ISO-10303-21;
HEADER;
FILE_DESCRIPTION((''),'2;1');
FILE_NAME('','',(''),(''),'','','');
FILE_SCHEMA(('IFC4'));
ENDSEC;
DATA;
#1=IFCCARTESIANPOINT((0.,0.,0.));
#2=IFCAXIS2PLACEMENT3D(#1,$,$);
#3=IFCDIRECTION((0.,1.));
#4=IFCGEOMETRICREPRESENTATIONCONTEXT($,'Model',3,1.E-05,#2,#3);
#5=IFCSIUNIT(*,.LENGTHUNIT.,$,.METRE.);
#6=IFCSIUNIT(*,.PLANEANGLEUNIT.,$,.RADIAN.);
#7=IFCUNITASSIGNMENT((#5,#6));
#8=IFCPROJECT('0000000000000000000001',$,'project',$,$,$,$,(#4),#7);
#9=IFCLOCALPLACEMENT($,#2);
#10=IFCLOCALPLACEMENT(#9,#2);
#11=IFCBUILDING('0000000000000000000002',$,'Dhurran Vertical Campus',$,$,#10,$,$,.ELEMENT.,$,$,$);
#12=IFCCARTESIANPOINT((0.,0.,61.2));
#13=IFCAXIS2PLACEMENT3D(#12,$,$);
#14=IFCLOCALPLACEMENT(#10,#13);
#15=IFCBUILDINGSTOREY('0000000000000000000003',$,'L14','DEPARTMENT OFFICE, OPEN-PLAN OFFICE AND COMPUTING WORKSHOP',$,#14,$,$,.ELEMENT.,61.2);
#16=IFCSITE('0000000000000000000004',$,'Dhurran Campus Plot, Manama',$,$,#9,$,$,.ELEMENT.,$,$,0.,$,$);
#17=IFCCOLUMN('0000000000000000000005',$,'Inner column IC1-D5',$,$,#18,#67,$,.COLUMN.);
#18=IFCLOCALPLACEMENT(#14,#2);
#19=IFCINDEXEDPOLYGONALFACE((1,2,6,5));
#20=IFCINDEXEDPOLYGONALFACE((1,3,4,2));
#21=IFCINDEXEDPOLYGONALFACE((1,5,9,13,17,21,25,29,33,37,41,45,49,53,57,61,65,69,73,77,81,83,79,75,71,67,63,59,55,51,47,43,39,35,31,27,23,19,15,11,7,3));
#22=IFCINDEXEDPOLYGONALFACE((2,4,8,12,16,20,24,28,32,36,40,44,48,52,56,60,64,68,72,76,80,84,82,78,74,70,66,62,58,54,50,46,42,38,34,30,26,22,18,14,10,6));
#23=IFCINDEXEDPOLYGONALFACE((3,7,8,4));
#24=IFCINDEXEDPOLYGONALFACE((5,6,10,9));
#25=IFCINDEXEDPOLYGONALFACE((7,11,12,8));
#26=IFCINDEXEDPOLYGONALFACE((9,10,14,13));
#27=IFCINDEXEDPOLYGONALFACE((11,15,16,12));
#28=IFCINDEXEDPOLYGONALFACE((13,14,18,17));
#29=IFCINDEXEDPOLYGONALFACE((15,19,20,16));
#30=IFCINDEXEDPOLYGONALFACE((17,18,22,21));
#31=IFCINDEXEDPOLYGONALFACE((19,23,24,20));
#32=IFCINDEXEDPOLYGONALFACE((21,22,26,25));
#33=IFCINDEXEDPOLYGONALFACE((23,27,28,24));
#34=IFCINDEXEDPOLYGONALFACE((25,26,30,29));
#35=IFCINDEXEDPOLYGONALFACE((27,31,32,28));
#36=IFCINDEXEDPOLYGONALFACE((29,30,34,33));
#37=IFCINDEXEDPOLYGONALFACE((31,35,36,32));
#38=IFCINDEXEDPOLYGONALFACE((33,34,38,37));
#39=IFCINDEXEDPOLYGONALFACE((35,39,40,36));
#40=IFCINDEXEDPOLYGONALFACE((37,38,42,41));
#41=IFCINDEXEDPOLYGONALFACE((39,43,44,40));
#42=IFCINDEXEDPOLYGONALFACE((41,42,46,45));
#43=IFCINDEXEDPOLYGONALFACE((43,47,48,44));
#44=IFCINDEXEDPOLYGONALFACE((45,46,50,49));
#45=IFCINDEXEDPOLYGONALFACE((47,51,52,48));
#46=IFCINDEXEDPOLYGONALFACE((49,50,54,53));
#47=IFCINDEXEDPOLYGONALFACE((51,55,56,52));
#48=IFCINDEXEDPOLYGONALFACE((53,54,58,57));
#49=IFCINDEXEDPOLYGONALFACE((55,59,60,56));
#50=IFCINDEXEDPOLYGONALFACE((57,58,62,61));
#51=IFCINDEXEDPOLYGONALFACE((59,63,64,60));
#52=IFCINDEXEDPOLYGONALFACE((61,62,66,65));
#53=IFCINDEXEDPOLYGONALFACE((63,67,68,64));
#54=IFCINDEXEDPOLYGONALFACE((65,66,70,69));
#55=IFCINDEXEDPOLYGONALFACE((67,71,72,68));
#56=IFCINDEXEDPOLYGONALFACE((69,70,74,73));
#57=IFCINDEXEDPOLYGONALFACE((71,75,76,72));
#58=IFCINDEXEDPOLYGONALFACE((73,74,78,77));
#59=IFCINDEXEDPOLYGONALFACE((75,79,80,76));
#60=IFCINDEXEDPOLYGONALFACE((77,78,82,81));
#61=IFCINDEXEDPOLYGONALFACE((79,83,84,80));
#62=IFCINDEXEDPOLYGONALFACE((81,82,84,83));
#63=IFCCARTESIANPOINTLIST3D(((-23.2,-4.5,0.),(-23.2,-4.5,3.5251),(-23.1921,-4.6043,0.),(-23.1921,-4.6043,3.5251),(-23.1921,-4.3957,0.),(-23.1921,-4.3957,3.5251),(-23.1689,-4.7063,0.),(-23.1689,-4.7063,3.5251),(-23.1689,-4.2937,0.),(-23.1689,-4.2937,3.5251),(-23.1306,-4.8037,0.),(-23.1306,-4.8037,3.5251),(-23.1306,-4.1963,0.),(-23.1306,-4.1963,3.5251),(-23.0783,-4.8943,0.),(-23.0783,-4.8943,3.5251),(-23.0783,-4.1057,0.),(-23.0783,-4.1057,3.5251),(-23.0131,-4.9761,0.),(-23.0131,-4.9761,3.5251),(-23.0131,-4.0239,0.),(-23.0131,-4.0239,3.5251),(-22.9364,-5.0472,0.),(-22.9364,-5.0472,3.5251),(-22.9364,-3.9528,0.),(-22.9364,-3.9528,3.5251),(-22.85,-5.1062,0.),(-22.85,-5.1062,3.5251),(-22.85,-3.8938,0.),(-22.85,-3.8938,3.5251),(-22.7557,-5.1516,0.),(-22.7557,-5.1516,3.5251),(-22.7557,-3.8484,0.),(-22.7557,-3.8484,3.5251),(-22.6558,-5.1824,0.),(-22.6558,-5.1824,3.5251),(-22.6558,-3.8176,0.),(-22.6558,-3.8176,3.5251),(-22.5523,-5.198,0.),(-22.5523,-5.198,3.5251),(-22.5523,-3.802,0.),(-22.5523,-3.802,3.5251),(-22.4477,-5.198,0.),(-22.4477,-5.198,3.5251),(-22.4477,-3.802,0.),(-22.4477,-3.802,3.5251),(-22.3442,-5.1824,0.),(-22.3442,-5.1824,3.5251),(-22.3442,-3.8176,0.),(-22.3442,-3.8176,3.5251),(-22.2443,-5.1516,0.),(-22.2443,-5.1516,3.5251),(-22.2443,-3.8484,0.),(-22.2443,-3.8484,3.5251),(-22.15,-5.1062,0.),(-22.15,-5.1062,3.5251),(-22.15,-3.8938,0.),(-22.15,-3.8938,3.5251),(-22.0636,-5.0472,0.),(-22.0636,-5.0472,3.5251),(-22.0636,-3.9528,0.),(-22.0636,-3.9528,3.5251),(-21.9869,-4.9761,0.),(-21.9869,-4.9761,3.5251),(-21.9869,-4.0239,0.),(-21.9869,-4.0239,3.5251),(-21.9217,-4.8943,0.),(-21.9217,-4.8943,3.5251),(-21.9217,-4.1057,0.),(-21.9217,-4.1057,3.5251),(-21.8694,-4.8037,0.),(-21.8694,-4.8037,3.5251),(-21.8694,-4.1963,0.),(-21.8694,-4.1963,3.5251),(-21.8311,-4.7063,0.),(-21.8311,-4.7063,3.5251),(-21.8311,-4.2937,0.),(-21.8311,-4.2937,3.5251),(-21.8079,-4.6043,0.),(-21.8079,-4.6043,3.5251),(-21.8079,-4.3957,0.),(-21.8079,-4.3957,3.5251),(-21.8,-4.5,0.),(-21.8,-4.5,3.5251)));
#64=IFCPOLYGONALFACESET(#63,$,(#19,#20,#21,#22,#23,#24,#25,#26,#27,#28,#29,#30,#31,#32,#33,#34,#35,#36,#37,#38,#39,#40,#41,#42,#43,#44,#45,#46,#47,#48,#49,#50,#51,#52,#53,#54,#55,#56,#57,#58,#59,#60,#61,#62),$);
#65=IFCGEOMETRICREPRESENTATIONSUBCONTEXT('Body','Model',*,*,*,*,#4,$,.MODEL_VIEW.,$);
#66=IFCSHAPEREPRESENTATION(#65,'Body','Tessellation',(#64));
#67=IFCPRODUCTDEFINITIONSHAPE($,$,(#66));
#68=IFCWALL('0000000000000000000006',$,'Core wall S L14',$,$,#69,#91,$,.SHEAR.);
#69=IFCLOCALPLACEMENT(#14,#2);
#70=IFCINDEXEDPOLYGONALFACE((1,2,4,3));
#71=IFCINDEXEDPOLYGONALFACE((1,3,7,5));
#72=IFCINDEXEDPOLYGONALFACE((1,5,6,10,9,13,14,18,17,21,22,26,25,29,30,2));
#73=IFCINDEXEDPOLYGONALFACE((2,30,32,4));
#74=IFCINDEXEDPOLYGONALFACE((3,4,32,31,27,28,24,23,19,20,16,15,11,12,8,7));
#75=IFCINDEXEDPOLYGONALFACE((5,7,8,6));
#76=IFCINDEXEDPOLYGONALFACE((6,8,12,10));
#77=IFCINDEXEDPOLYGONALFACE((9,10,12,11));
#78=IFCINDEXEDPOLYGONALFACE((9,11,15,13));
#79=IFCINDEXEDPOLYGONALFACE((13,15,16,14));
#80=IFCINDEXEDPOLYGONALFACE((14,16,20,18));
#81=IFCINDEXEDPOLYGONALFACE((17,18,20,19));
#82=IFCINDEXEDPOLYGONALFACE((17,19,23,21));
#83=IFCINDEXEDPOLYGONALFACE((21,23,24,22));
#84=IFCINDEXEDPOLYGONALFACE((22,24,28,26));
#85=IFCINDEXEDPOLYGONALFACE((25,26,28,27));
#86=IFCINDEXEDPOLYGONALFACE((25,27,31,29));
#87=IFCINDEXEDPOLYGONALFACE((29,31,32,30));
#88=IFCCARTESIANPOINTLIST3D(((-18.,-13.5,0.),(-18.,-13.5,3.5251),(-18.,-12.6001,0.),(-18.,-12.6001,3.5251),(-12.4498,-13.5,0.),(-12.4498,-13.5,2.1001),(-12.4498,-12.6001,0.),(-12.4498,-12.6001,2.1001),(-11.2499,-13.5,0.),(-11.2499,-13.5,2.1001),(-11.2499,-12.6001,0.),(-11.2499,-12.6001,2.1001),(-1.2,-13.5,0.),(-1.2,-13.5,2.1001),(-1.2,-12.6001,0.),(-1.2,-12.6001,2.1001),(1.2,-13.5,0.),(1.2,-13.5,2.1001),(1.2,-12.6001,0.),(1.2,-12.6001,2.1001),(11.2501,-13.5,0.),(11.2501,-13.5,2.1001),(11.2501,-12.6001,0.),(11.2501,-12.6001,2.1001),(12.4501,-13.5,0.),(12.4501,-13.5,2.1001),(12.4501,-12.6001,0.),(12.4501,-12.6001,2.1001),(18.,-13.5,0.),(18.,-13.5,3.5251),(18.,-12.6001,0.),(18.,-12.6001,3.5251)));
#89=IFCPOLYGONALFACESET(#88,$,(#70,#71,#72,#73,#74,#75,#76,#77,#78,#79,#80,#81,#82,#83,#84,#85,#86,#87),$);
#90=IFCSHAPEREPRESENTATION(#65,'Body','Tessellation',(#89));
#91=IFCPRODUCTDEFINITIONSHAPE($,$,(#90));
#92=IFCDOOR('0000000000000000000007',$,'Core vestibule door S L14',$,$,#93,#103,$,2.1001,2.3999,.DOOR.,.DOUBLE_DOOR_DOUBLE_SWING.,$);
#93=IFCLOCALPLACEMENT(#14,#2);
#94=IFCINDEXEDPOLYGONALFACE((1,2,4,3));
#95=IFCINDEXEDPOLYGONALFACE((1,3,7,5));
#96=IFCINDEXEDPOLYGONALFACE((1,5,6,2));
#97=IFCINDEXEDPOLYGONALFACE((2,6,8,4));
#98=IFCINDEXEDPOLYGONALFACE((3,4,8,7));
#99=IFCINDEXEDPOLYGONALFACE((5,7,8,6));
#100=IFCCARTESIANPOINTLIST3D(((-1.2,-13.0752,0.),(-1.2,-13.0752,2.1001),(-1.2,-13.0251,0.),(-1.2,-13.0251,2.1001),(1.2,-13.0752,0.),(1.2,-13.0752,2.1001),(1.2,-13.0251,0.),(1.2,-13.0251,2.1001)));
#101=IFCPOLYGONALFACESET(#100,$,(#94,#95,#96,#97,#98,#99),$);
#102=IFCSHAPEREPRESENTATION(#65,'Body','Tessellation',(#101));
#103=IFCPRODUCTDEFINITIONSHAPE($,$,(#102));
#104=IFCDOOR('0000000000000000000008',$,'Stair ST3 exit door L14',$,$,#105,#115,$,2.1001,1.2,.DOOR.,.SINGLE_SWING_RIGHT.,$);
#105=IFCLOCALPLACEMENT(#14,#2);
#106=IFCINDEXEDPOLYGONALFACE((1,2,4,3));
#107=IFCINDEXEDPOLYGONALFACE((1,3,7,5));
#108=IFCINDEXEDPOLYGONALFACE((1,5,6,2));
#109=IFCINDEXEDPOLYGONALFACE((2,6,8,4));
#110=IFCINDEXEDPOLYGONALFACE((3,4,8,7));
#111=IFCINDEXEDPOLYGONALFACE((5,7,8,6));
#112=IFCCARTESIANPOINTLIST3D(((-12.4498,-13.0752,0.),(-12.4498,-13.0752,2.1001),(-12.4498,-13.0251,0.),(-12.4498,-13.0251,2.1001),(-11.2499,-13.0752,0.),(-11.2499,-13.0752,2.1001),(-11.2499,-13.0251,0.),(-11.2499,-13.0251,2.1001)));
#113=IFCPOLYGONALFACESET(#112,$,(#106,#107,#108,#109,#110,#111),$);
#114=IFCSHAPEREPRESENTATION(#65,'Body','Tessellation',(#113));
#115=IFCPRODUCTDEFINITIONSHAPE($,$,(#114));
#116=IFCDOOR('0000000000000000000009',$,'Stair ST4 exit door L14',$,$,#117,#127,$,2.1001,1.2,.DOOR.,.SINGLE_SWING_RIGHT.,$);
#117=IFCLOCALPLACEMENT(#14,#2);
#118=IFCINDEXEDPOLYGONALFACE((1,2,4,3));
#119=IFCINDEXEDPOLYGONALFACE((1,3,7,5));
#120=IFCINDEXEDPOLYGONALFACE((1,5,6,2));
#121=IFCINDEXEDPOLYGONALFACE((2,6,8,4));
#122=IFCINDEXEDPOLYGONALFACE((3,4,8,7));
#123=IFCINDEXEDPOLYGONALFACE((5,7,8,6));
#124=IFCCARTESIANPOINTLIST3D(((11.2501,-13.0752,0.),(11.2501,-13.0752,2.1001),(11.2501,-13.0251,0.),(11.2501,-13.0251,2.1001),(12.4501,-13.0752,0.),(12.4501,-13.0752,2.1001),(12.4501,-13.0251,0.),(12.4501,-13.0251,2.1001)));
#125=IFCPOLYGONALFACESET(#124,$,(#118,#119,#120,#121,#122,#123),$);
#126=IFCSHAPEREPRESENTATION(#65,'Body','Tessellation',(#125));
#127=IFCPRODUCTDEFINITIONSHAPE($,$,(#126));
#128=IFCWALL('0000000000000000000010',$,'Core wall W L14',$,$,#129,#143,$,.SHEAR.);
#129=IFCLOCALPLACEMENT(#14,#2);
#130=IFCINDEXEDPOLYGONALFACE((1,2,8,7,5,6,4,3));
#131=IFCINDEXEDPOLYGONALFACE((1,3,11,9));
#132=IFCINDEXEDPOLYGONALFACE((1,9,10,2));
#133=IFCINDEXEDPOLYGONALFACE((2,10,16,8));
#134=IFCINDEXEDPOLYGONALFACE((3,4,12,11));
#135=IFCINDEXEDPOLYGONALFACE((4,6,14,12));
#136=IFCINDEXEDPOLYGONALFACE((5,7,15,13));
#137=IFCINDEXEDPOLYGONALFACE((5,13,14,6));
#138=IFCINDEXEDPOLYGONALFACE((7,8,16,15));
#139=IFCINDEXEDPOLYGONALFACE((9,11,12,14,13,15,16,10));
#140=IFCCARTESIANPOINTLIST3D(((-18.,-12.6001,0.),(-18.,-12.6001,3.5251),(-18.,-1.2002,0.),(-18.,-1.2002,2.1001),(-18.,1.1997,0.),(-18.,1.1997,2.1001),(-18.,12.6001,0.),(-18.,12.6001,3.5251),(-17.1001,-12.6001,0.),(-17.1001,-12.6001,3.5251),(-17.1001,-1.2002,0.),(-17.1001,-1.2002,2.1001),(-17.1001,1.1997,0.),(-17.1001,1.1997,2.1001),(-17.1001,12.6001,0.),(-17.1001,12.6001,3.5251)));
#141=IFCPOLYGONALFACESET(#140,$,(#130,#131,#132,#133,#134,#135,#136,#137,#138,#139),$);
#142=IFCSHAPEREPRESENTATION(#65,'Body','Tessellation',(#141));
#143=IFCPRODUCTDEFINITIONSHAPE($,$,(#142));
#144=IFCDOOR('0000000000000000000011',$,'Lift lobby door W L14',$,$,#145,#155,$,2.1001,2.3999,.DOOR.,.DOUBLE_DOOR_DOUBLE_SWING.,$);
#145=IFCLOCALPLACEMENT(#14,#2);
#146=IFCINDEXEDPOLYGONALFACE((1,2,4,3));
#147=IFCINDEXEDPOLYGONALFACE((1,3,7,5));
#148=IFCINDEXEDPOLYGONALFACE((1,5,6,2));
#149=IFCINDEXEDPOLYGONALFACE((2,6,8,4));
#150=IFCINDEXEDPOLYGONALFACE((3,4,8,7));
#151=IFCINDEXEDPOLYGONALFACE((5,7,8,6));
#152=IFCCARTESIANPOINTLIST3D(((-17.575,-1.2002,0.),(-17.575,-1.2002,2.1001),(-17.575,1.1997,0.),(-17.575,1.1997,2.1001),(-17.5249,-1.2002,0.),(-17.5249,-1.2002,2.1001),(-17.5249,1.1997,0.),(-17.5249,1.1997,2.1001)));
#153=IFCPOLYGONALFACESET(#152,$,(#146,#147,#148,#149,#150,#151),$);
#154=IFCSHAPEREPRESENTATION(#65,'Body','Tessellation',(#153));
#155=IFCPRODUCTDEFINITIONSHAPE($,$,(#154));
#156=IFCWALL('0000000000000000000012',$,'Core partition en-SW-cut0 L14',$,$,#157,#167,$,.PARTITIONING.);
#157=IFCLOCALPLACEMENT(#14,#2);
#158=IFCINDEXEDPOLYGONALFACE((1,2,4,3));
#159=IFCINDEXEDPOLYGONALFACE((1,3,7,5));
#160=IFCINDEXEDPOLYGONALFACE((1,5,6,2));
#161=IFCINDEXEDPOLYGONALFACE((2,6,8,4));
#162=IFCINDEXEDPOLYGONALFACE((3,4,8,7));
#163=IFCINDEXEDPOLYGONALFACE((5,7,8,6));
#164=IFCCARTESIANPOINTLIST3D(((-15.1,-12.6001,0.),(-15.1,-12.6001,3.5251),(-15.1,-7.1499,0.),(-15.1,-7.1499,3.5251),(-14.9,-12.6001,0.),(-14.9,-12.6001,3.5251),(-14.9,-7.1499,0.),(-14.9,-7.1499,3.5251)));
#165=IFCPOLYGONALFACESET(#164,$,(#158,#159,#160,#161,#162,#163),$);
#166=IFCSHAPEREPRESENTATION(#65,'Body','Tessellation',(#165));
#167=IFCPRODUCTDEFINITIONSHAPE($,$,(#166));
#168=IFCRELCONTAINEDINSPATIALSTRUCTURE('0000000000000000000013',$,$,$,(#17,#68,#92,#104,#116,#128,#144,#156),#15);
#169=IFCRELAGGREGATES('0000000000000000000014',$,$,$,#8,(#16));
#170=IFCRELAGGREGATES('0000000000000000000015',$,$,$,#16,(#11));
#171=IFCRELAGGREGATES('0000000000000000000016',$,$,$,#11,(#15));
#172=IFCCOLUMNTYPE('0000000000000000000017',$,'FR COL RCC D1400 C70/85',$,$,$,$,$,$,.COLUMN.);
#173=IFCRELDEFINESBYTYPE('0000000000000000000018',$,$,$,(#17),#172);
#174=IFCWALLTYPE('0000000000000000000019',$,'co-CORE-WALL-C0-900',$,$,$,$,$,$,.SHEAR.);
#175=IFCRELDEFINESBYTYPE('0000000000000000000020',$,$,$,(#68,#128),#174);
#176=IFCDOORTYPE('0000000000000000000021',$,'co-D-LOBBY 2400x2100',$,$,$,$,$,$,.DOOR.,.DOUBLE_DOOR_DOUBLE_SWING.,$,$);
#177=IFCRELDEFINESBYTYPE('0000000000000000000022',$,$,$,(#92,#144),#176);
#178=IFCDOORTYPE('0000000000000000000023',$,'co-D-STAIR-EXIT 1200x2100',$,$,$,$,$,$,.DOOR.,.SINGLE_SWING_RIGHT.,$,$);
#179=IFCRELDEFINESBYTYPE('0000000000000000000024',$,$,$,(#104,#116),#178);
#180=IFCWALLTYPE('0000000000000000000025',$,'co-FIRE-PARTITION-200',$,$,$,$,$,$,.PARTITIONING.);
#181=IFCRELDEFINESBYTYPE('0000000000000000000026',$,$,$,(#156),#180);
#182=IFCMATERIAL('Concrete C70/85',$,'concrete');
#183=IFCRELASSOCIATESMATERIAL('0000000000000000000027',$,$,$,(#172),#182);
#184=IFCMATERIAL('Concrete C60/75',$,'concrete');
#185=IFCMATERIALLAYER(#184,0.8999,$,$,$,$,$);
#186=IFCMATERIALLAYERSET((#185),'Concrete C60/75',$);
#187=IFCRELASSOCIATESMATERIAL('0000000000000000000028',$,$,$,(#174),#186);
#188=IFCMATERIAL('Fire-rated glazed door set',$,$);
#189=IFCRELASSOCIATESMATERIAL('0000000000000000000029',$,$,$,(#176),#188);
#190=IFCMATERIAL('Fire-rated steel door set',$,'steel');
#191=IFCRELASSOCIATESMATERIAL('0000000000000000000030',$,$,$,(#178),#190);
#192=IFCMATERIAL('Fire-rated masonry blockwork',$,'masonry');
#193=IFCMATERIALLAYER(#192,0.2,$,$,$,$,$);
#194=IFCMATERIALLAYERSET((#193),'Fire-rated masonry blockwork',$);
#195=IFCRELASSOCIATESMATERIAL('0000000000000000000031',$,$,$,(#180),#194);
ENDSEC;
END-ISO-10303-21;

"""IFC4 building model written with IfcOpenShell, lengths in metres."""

from ifc_helpers import new_model, si_unit, direction, frame, frame_2d, origin, origin_2d, place, context, subcontext, project, spatial, rectangle, circle, extrude, material, layer, layer_set, material_profile, profile_set, type_object, element, fill, save


model = new_model("IFC4")

# Units and contexts
model_context = context("Model", 3, precision=1e-05, world=origin(), true_north=direction((0.0, 1.0)))
body_context = subcontext(model_context, "Body", "Model", "MODEL_VIEW")
ifc_project = project(units=[si_unit("LENGTHUNIT", "METRE"), si_unit("PLANEANGLEUNIT", "RADIAN")], contexts=[model_context])

# Site, building, storey
site_placement = place(None, origin())
site = spatial("IfcSite", under=ifc_project, at=site_placement, Name="Dhurran Campus Plot, Manama", CompositionType="ELEMENT", RefElevation=0.0)
building_placement = place(site_placement, origin())
building = spatial("IfcBuilding", under=site, at=building_placement, Name="Dhurran Vertical Campus", CompositionType="ELEMENT")
storey_placement = place(building_placement, frame((0.0, 0.0, 61.2)))
storey = spatial("IfcBuildingStorey", under=building, at=storey_placement, Name="L14", Description="DEPARTMENT OFFICE, OPEN-PLAN OFFICE AND COMPUTING WORKSHOP", CompositionType="ELEMENT", Elevation=61.2)

# Column
ifc_material_1 = material(Name="Concrete C70/85", Category="concrete")
ifc_material_profile = material_profile(ifc_material_1, circle(Radius=0.7, at=origin_2d()), Name="RCC D1400")
ifc_profile_set = profile_set([ifc_material_profile], Name="Concrete C70/85")
column_type = type_object("IfcColumnType", Name="FR COL RCC D1400 C70/85", PredefinedType="COLUMN", material=ifc_profile_set)
column_placement = place(storey_placement, frame((-22.5, -4.5, 0.0), z_axis=(0.0, 0.0, 1.0), x_axis=(1.0, 0.0, 0.0)))
element("IfcColumn", 1, at=column_placement, inside=storey, type_object=column_type, Name="Inner column IC1-D5", PredefinedType="COLUMN", context=body_context, shape_type="SweptSolid", body=[
    extrude(circle(Radius=0.7, at=origin_2d()), origin(), (0.0, 0.0, 1.0), 3.5251),
])

# Wall, openings, doors
ifc_material_2 = material(Name="Concrete C60/75", Category="concrete")
ifc_layer_1 = layer(ifc_material_2, 0.8999)
ifc_layer_set_1 = layer_set([ifc_layer_1], Name="Concrete C60/75")
wall_type_1 = type_object("IfcWallType", Name="co-CORE-WALL-C0-900", PredefinedType="SHEAR", material=ifc_layer_set_1)
wall_1_placement = place(storey_placement, frame((-18.0, -13.05, 0.0), z_axis=(0.0, 0.0, 1.0), x_axis=(1.0, 0.0, 0.0)))
wall_1 = element("IfcWall", 2, at=wall_1_placement, inside=storey, type_object=wall_type_1, Name="Core wall S L14", PredefinedType="SHEAR", context=body_context, shape_type="SweptSolid", body=[
    extrude(rectangle(XDim=36.0, YDim=0.8999, at=frame_2d((18.0, 0.0))), origin(), (0.0, 0.0, 1.0), 3.5251),
])
opening_1_placement = place(wall_1_placement, frame((16.8, 0.0, 0.0)))
opening_1 = element("IfcOpeningElement", 3, at=opening_1_placement, cuts=wall_1, PredefinedType="OPENING", context=body_context, shape_type="SweptSolid", body=[
    extrude(rectangle(XDim=2.3999, YDim=2.1001, at=frame_2d((1.2, 1.05))), frame((0.0, 0.46, 0.0), z_axis=(0.0, -1.0, 0.0), x_axis=(1.0, 0.0, 0.0)), (0.0, 0.0, 1.0), 0.9199),
])
opening_2_placement = place(wall_1_placement, frame((5.55, 0.0, 0.0)))
opening_2 = element("IfcOpeningElement", 4, at=opening_2_placement, cuts=wall_1, PredefinedType="OPENING", context=body_context, shape_type="SweptSolid", body=[
    extrude(rectangle(XDim=1.2, YDim=2.1001, at=frame_2d((0.6001, 1.05))), frame((0.0, 0.46, 0.0), z_axis=(0.0, -1.0, 0.0), x_axis=(1.0, 0.0, 0.0)), (0.0, 0.0, 1.0), 0.9199),
])
opening_3_placement = place(wall_1_placement, frame((29.25, 0.0, 0.0)))
opening_3 = element("IfcOpeningElement", 5, at=opening_3_placement, cuts=wall_1, PredefinedType="OPENING", context=body_context, shape_type="SweptSolid", body=[
    extrude(rectangle(XDim=1.2, YDim=2.1001, at=frame_2d((0.6001, 1.05))), frame((0.0, 0.46, 0.0), z_axis=(0.0, -1.0, 0.0), x_axis=(1.0, 0.0, 0.0)), (0.0, 0.0, 1.0), 0.9199),
])
ifc_material_3 = material(Name="Fire-rated glazed door set")
door_type_1 = type_object("IfcDoorType", Name="co-D-LOBBY 2400x2100", OperationType="DOUBLE_DOOR_DOUBLE_SWING", PredefinedType="DOOR", material=ifc_material_3)
door_1_placement = place(opening_1_placement, origin())
door_1 = element("IfcDoor", 6, at=door_1_placement, inside=storey, type_object=door_type_1, Name="Core vestibule door S L14", OperationType="DOUBLE_DOOR_DOUBLE_SWING", OverallHeight=2.1001, OverallWidth=2.3999, PredefinedType="DOOR", context=body_context, shape_type="SweptSolid", body=[
    extrude(rectangle(XDim=2.3999, YDim=2.1001, at=frame_2d((1.2, 1.05))), frame((0.0, 0.0249, 0.0), z_axis=(0.0, -1.0, 0.0), x_axis=(1.0, 0.0, 0.0)), (0.0, 0.0, 1.0), 0.05),
])
fill(opening_1, door_1)
ifc_material_4 = material(Name="Fire-rated steel door set", Category="steel")
door_type_2 = type_object("IfcDoorType", Name="co-D-STAIR-EXIT 1200x2100", OperationType="SINGLE_SWING_RIGHT", PredefinedType="DOOR", material=ifc_material_4)
door_2_placement = place(opening_2_placement, origin())
door_2 = element("IfcDoor", 7, at=door_2_placement, inside=storey, type_object=door_type_2, Name="Stair ST3 exit door L14", OperationType="SINGLE_SWING_RIGHT", OverallHeight=2.1001, OverallWidth=1.2, PredefinedType="DOOR", context=body_context, shape_type="SweptSolid", body=[
    extrude(rectangle(XDim=1.2, YDim=2.1001, at=frame_2d((0.6001, 1.05))), frame((0.0, 0.0249, 0.0), z_axis=(0.0, -1.0, 0.0), x_axis=(1.0, 0.0, 0.0)), (0.0, 0.0, 1.0), 0.05),
])
fill(opening_2, door_2)
door_3_placement = place(opening_3_placement, origin())
door_3 = element("IfcDoor", 8, at=door_3_placement, inside=storey, type_object=door_type_2, Name="Stair ST4 exit door L14", OperationType="SINGLE_SWING_RIGHT", OverallHeight=2.1001, OverallWidth=1.2, PredefinedType="DOOR", context=body_context, shape_type="SweptSolid", body=[
    extrude(rectangle(XDim=1.2, YDim=2.1001, at=frame_2d((0.6001, 1.05))), frame((0.0, 0.0249, 0.0), z_axis=(0.0, -1.0, 0.0), x_axis=(1.0, 0.0, 0.0)), (0.0, 0.0, 1.0), 0.05),
])
fill(opening_3, door_3)

# Wall, opening, door
wall_2_placement = place(storey_placement, frame((-17.55, -12.6001, 0.0), z_axis=(0.0, 0.0, 1.0), x_axis=(0.0, 1.0, 0.0)))
wall_2 = element("IfcWall", 9, at=wall_2_placement, inside=storey, type_object=wall_type_1, Name="Core wall W L14", PredefinedType="SHEAR", context=body_context, shape_type="SweptSolid", body=[
    extrude(rectangle(XDim=25.2002, YDim=0.8999, at=frame_2d((12.6001, 0.0))), origin(), (0.0, 0.0, 1.0), 3.5251),
])
opening_4_placement = place(wall_2_placement, frame((11.3999, 0.0, 0.0)))
opening_4 = element("IfcOpeningElement", 10, at=opening_4_placement, cuts=wall_2, PredefinedType="OPENING", context=body_context, shape_type="SweptSolid", body=[
    extrude(rectangle(XDim=2.3999, YDim=2.1001, at=frame_2d((1.2, 1.05))), frame((0.0, 0.46, 0.0), z_axis=(0.0, -1.0, 0.0), x_axis=(1.0, 0.0, 0.0)), (0.0, 0.0, 1.0), 0.9199),
])
door_4_placement = place(opening_4_placement, origin())
door_4 = element("IfcDoor", 11, at=door_4_placement, inside=storey, type_object=door_type_1, Name="Lift lobby door W L14", OperationType="DOUBLE_DOOR_DOUBLE_SWING", OverallHeight=2.1001, OverallWidth=2.3999, PredefinedType="DOOR", context=body_context, shape_type="SweptSolid", body=[
    extrude(rectangle(XDim=2.3999, YDim=2.1001, at=frame_2d((1.2, 1.05))), frame((0.0, 0.0249, 0.0), z_axis=(0.0, -1.0, 0.0), x_axis=(1.0, 0.0, 0.0)), (0.0, 0.0, 1.0), 0.05),
])
fill(opening_4, door_4)

# Wall
ifc_material_5 = material(Name="Fire-rated masonry blockwork", Category="masonry")
ifc_layer_2 = layer(ifc_material_5, 0.2)
ifc_layer_set_2 = layer_set([ifc_layer_2], Name="Fire-rated masonry blockwork")
wall_type_2 = type_object("IfcWallType", Name="co-FIRE-PARTITION-200", PredefinedType="PARTITIONING", material=ifc_layer_set_2)
wall_3_placement = place(storey_placement, frame((-15.0, -12.6001, 0.0), z_axis=(0.0, 0.0, 1.0), x_axis=(0.0, 1.0, 0.0)))
element("IfcWall", 12, at=wall_3_placement, inside=storey, type_object=wall_type_2, Name="Core partition en-SW-cut0 L14", PredefinedType="PARTITIONING", context=body_context, shape_type="SweptSolid", body=[
    extrude(rectangle(XDim=5.4502, YDim=0.2, at=frame_2d((2.7251, 0.0))), origin(), (0.0, 0.0, 1.0), 3.5251),
])

save(model, "model.ifc")
